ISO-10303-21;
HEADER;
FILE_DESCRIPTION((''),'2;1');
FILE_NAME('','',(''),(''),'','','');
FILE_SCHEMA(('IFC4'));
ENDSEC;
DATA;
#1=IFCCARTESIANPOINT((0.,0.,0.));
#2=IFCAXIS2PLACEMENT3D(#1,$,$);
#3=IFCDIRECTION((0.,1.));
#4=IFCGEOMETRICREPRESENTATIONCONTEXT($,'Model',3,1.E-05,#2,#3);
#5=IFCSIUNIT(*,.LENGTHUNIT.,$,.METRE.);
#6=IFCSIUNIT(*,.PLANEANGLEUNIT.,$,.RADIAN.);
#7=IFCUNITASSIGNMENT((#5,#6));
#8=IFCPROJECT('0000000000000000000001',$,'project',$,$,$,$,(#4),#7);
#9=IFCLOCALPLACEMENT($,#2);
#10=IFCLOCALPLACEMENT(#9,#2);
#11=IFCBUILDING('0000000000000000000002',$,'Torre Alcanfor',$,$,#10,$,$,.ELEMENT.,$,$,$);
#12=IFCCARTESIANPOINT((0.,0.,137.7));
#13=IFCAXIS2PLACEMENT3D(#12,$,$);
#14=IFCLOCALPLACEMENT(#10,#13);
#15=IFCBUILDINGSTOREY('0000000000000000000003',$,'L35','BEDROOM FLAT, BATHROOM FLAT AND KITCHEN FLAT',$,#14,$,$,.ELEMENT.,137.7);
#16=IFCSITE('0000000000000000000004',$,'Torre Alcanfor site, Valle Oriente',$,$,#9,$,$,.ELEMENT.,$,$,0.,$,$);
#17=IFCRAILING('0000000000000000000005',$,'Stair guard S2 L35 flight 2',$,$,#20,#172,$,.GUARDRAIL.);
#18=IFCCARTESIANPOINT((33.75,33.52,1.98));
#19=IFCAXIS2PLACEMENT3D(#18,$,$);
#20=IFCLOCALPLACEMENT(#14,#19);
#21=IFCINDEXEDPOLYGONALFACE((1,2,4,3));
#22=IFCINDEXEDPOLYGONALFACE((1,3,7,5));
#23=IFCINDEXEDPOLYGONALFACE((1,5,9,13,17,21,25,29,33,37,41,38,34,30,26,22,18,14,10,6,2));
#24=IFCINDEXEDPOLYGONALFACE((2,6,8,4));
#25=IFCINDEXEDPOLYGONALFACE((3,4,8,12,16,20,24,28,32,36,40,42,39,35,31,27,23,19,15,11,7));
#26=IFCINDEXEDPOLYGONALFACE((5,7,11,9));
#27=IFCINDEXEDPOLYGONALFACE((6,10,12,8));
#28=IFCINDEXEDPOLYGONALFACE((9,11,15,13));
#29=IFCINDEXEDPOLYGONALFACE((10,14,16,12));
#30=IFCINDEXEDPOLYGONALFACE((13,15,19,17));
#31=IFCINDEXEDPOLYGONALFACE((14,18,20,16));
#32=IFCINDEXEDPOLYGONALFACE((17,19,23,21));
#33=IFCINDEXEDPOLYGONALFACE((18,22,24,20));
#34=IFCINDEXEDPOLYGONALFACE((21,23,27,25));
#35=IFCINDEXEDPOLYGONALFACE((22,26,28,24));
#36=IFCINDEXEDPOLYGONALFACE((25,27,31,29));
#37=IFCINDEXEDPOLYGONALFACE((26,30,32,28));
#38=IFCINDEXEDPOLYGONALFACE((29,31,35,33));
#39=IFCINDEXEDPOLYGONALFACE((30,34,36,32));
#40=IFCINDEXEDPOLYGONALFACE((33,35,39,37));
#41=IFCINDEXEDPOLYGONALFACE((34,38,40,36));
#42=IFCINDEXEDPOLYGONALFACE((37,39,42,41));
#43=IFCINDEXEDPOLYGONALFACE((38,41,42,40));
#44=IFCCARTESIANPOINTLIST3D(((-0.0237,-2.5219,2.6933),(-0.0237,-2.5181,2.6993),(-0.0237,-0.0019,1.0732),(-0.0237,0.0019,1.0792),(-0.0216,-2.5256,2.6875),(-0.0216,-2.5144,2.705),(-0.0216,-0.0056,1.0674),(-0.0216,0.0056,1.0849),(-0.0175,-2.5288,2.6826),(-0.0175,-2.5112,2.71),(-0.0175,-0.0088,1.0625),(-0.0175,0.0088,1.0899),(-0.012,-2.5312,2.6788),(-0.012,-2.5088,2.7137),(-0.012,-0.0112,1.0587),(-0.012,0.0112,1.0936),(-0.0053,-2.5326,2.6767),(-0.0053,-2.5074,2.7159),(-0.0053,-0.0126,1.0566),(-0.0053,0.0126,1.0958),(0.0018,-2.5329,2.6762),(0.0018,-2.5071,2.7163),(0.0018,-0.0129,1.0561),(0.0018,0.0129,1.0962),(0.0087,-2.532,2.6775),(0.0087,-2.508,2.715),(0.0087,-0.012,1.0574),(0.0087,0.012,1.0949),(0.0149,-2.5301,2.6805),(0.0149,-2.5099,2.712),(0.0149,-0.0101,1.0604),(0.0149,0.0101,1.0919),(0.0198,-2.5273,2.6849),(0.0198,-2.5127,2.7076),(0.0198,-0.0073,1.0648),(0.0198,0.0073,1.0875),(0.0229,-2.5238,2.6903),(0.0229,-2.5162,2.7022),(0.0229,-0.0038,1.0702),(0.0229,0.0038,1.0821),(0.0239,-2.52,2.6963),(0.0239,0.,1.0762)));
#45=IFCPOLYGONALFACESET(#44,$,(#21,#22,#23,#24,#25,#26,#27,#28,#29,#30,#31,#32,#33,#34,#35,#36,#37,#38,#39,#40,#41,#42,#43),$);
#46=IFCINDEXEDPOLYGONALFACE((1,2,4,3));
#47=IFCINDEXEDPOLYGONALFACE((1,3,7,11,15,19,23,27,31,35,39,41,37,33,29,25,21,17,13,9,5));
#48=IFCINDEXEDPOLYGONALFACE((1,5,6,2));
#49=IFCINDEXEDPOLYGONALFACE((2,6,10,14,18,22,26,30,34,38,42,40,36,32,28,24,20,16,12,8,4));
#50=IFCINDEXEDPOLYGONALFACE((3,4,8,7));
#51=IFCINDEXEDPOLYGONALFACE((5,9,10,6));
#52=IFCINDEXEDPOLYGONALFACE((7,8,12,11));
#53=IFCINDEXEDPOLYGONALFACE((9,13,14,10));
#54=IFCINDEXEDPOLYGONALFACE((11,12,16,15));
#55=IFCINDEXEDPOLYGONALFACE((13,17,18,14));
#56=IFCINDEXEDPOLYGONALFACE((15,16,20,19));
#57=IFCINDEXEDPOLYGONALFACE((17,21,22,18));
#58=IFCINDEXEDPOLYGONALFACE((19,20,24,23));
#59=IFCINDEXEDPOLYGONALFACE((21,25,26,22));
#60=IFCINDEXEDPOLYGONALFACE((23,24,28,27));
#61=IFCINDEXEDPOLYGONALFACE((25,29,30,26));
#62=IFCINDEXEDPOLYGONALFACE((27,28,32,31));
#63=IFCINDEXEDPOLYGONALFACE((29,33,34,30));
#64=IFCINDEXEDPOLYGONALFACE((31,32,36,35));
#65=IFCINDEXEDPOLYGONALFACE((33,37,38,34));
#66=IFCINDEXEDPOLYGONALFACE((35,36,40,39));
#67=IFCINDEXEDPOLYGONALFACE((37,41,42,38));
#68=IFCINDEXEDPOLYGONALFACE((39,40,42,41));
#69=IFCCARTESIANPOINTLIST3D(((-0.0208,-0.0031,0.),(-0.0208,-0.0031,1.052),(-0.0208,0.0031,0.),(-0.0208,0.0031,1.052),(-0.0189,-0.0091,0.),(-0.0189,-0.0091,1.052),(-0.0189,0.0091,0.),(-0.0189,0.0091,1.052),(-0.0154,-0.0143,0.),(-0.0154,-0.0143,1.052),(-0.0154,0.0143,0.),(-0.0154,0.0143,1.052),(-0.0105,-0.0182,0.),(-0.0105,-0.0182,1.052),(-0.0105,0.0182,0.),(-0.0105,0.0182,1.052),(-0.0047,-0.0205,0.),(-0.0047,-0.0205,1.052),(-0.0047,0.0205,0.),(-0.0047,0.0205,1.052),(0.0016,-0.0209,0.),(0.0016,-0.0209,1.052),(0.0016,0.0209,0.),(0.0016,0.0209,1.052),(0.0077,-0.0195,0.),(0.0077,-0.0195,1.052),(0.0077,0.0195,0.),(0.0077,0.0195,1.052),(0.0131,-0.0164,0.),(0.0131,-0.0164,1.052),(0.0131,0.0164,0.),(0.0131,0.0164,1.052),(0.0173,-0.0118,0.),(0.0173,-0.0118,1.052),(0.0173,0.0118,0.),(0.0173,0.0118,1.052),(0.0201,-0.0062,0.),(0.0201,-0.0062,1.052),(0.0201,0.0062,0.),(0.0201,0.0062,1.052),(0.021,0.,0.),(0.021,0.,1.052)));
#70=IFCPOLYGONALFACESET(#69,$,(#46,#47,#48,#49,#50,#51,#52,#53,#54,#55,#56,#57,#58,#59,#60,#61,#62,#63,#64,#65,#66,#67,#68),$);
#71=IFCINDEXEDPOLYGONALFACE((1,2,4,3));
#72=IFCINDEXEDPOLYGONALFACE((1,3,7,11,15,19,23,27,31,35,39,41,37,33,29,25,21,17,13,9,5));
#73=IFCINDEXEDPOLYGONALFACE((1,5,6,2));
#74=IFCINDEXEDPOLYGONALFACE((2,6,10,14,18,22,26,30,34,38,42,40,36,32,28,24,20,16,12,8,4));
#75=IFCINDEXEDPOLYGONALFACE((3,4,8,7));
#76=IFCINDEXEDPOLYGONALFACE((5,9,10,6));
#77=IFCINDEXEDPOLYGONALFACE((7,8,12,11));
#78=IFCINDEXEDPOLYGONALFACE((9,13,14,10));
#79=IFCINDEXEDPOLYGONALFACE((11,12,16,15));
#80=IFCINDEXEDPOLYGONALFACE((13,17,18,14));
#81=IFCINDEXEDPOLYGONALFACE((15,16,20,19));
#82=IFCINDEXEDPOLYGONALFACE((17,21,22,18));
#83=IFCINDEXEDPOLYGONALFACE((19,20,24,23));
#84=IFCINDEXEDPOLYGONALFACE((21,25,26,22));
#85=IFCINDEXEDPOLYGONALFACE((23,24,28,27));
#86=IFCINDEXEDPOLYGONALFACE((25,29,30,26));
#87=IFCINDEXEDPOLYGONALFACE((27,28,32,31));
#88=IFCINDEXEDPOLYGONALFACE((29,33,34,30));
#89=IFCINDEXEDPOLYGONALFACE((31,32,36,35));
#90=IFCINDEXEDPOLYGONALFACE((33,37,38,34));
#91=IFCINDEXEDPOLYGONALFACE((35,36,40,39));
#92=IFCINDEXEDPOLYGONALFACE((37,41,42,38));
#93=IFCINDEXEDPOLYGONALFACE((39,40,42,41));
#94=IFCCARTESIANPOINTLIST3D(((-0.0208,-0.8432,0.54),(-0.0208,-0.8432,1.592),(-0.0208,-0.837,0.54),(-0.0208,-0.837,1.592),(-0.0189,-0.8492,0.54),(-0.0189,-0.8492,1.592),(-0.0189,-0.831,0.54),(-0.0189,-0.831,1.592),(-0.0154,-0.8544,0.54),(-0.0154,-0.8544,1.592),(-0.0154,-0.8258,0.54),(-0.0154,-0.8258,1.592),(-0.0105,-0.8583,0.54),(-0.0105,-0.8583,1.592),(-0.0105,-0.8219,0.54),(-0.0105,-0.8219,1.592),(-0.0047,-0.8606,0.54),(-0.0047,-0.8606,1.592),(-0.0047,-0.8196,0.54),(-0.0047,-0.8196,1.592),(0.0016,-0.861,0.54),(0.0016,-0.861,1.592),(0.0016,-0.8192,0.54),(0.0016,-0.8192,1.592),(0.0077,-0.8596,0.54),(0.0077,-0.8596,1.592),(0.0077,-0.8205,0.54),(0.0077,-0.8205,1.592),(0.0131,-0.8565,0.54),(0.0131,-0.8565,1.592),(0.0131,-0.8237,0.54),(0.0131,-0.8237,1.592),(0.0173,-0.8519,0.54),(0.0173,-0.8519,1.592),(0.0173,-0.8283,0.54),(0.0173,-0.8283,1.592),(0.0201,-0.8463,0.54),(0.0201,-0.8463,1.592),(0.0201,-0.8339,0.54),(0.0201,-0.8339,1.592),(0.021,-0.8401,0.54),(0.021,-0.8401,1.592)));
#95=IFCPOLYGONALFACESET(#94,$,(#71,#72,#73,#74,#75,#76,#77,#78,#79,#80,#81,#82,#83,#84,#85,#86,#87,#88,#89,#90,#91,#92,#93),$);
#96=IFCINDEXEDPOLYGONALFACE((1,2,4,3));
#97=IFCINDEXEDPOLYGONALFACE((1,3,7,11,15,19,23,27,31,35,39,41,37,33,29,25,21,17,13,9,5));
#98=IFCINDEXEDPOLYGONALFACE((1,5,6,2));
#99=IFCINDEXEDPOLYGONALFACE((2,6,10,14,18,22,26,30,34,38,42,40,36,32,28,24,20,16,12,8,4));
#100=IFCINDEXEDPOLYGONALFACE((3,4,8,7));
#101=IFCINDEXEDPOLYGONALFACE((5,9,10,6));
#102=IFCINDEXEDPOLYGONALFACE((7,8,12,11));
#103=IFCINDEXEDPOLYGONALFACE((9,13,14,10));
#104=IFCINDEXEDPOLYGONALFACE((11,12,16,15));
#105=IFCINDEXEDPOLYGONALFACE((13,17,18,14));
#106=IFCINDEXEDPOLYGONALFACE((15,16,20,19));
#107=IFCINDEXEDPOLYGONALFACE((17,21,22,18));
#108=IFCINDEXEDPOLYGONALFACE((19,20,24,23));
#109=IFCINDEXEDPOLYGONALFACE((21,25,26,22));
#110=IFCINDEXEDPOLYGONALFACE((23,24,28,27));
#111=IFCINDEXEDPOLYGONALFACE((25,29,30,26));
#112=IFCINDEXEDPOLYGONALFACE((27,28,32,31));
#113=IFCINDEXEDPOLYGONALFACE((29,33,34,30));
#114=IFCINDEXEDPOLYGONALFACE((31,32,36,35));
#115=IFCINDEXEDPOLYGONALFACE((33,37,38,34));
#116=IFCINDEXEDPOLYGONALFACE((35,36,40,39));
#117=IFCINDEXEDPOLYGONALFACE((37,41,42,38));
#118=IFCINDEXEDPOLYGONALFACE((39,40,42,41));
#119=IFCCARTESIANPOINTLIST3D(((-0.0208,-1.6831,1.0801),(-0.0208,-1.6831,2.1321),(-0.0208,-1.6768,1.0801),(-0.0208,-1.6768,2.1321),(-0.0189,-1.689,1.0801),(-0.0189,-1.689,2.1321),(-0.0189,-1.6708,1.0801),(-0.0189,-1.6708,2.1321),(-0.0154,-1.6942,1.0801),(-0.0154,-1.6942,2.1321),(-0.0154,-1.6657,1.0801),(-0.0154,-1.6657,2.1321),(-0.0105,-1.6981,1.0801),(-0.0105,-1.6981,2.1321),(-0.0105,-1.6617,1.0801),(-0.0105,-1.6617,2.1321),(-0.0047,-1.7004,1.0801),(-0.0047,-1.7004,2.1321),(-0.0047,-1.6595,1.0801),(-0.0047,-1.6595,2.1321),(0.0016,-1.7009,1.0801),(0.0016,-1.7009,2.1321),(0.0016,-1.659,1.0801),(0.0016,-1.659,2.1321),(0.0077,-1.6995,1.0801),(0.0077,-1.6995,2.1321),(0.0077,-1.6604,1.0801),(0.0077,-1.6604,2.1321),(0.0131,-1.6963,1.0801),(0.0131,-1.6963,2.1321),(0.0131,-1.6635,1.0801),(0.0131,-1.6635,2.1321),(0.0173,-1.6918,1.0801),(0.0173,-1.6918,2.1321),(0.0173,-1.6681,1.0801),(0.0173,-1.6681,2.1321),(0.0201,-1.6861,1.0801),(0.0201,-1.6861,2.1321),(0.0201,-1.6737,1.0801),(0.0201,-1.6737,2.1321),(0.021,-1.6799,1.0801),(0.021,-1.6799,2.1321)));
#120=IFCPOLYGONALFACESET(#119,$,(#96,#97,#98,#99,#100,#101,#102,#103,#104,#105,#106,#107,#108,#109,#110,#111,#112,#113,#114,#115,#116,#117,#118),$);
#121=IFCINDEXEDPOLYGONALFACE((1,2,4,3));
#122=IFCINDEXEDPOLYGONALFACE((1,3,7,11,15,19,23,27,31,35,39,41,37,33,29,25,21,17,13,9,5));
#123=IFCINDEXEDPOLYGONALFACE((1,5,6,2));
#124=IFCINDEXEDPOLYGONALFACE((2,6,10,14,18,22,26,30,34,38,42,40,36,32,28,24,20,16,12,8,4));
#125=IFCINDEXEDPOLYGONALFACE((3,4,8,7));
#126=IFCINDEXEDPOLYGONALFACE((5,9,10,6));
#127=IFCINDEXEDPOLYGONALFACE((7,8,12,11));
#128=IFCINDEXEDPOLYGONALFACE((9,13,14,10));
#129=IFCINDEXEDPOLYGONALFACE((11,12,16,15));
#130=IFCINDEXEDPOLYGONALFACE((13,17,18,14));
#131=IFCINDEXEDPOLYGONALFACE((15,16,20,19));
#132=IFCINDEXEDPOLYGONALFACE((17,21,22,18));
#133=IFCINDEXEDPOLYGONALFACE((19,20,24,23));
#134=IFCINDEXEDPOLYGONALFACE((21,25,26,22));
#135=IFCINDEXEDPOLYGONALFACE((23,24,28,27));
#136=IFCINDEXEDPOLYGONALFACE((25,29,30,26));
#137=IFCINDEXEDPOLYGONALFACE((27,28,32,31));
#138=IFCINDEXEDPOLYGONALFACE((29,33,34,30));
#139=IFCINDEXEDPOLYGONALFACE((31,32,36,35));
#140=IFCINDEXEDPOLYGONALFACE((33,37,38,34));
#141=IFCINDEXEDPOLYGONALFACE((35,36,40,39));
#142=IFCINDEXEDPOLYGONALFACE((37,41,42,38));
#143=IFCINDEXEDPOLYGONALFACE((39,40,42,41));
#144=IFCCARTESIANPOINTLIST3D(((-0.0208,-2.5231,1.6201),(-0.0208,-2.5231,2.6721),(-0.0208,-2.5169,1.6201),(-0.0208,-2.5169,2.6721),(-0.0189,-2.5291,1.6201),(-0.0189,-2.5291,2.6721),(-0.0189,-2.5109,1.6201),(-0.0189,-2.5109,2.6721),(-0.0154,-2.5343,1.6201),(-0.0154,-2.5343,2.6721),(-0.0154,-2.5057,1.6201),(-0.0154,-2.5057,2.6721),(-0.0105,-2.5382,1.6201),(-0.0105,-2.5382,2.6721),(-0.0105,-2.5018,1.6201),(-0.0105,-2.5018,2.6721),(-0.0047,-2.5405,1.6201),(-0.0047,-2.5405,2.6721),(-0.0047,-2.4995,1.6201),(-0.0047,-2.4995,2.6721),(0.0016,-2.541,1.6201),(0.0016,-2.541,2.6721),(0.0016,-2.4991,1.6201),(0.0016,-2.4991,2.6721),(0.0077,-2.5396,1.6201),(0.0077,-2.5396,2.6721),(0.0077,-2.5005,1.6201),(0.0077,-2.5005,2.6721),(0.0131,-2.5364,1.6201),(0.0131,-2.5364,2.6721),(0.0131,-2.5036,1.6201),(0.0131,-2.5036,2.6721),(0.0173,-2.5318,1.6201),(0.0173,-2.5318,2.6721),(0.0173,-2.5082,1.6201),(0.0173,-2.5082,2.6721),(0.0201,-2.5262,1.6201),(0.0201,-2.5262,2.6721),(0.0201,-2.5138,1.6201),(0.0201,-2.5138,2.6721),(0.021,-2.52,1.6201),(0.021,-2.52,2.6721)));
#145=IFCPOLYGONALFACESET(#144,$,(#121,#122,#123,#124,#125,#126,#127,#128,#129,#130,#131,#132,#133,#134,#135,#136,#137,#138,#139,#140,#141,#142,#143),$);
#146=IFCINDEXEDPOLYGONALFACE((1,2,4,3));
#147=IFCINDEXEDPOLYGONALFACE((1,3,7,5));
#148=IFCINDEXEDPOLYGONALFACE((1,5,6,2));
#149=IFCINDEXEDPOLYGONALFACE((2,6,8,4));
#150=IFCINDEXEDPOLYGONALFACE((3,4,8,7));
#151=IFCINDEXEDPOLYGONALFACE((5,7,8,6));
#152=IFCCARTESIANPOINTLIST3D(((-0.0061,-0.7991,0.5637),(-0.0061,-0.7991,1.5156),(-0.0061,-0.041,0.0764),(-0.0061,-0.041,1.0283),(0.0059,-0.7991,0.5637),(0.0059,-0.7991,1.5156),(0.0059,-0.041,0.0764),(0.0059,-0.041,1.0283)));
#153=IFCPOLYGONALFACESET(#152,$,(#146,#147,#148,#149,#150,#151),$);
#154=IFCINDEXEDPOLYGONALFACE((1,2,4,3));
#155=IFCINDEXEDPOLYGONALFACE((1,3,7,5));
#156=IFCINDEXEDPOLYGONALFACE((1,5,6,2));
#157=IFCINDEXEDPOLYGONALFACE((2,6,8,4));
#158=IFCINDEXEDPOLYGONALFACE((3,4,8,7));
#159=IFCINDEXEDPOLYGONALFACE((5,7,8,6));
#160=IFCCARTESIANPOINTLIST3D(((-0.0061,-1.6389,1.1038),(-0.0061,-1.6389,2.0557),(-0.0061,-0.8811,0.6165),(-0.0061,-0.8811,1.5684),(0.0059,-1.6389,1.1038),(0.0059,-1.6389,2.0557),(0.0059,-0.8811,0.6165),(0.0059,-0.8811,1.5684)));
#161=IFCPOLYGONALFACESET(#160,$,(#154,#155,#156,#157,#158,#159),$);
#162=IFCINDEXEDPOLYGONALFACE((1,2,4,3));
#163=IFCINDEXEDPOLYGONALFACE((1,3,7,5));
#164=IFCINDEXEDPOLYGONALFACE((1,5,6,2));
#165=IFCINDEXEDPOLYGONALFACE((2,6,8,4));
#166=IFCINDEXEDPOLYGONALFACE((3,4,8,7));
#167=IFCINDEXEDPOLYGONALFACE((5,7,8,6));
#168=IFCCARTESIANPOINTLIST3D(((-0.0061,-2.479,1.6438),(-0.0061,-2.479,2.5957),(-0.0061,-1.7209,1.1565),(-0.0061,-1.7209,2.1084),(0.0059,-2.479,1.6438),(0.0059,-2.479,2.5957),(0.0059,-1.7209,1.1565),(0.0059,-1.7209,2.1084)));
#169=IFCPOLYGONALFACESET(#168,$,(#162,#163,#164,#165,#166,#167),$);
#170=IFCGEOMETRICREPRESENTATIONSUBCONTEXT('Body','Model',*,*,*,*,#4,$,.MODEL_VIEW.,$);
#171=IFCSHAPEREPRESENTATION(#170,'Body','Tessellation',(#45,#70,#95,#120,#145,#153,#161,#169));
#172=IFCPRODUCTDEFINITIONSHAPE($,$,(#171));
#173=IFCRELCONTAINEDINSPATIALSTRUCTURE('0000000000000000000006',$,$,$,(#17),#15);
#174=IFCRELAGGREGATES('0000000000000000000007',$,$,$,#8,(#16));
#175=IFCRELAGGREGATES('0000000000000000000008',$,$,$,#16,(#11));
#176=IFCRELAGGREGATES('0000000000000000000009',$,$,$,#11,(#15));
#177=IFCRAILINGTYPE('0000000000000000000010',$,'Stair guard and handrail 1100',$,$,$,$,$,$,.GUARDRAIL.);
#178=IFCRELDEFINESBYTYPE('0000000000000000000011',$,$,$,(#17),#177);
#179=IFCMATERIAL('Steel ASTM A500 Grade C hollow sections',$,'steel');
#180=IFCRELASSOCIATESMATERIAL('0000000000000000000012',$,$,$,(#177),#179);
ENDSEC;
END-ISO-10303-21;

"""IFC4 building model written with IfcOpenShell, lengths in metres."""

from ifc_helpers import new_model, si_unit, direction, frame, origin, origin_2d, place, context, subcontext, project, spatial, polyline, circle, outline, extrude, material, type_object, element, save


model = new_model("IFC4")

# Units and contexts
model_context = context("Model", 3, precision=1e-05, world=origin(), true_north=direction((0.0, 1.0)))
body_context = subcontext(model_context, "Body", "Model", "MODEL_VIEW")
ifc_project = project(units=[si_unit("LENGTHUNIT", "METRE"), si_unit("PLANEANGLEUNIT", "RADIAN")], contexts=[model_context])

# Site, building, storey
site_placement = place(None, origin())
site = spatial("IfcSite", under=ifc_project, at=site_placement, Name="Torre Alcanfor site, Valle Oriente", CompositionType="ELEMENT", RefElevation=0.0)
building_placement = place(site_placement, origin())
building = spatial("IfcBuilding", under=site, at=building_placement, Name="Torre Alcanfor", CompositionType="ELEMENT")
storey_placement = place(building_placement, frame((0.0, 0.0, 137.7)))
storey = spatial("IfcBuildingStorey", under=building, at=storey_placement, Name="L35", Description="BEDROOM FLAT, BATHROOM FLAT AND KITCHEN FLAT", CompositionType="ELEMENT", Elevation=137.7)

# Railing
ifc_material_1 = material(Name="Steel ASTM A500 Grade C hollow sections", Category="steel")
railing_type_1 = type_object("IfcRailingType", Name="Stair guard and handrail 1100", PredefinedType="GUARDRAIL", material=ifc_material_1)
railing_1_placement = place(storey_placement, frame((33.75, 33.52, 1.98)))
element("IfcRailing", 1, at=railing_1_placement, inside=storey, type_object=railing_type_1, Name="Stair guard S2 L35 flight 2", PredefinedType="GUARDRAIL", context=body_context, shape_type="SweptSolid", body=[
    extrude(circle(Radius=0.0239, at=origin_2d()), frame((0.0, 0.0, 1.0762), z_axis=(0.0, -0.841163, 0.540782), x_axis=(1.0, 0.0, 0.0)), (0.0, 0.0, 1.0), 2.9958),
    extrude(circle(Radius=0.021, at=origin_2d()), origin(), (0.0, 0.0, 1.0), 1.052),
    extrude(circle(Radius=0.021, at=origin_2d()), frame((0.0, -0.8401, 0.54)), (0.0, 0.0, 1.0), 1.052),
    extrude(circle(Radius=0.021, at=origin_2d()), frame((0.0, -1.6799, 1.0801)), (0.0, 0.0, 1.0), 1.052),
    extrude(circle(Radius=0.021, at=origin_2d()), frame((0.0, -2.52, 1.6201)), (0.0, 0.0, 1.0), 1.052),
    extrude(outline(polyline([(0.041, 0.0764), (0.7991, 0.5637), (0.7991, 1.5156), (0.041, 1.0283), (0.041, 0.0764)])), frame((0.0059, 0.0, 0.0), z_axis=(-1.0, 0.0, 0.0), x_axis=(0.0, -1.0, 0.0)), (0.0, 0.0, 1.0), 0.012),
    extrude(outline(polyline([(0.8811, 0.6165), (1.6389, 1.1038), (1.6389, 2.0557), (0.8811, 1.5684), (0.8811, 0.6165)])), frame((0.0059, 0.0, 0.0), z_axis=(-1.0, 0.0, 0.0), x_axis=(0.0, -1.0, 0.0)), (0.0, 0.0, 1.0), 0.012),
    extrude(outline(polyline([(1.7209, 1.1565), (2.479, 1.6438), (2.479, 2.5957), (1.7209, 2.1084), (1.7209, 1.1565)])), frame((0.0059, 0.0, 0.0), z_axis=(-1.0, 0.0, 0.0), x_axis=(0.0, -1.0, 0.0)), (0.0, 0.0, 1.0), 0.012),
])

save(model, "model.ifc")
